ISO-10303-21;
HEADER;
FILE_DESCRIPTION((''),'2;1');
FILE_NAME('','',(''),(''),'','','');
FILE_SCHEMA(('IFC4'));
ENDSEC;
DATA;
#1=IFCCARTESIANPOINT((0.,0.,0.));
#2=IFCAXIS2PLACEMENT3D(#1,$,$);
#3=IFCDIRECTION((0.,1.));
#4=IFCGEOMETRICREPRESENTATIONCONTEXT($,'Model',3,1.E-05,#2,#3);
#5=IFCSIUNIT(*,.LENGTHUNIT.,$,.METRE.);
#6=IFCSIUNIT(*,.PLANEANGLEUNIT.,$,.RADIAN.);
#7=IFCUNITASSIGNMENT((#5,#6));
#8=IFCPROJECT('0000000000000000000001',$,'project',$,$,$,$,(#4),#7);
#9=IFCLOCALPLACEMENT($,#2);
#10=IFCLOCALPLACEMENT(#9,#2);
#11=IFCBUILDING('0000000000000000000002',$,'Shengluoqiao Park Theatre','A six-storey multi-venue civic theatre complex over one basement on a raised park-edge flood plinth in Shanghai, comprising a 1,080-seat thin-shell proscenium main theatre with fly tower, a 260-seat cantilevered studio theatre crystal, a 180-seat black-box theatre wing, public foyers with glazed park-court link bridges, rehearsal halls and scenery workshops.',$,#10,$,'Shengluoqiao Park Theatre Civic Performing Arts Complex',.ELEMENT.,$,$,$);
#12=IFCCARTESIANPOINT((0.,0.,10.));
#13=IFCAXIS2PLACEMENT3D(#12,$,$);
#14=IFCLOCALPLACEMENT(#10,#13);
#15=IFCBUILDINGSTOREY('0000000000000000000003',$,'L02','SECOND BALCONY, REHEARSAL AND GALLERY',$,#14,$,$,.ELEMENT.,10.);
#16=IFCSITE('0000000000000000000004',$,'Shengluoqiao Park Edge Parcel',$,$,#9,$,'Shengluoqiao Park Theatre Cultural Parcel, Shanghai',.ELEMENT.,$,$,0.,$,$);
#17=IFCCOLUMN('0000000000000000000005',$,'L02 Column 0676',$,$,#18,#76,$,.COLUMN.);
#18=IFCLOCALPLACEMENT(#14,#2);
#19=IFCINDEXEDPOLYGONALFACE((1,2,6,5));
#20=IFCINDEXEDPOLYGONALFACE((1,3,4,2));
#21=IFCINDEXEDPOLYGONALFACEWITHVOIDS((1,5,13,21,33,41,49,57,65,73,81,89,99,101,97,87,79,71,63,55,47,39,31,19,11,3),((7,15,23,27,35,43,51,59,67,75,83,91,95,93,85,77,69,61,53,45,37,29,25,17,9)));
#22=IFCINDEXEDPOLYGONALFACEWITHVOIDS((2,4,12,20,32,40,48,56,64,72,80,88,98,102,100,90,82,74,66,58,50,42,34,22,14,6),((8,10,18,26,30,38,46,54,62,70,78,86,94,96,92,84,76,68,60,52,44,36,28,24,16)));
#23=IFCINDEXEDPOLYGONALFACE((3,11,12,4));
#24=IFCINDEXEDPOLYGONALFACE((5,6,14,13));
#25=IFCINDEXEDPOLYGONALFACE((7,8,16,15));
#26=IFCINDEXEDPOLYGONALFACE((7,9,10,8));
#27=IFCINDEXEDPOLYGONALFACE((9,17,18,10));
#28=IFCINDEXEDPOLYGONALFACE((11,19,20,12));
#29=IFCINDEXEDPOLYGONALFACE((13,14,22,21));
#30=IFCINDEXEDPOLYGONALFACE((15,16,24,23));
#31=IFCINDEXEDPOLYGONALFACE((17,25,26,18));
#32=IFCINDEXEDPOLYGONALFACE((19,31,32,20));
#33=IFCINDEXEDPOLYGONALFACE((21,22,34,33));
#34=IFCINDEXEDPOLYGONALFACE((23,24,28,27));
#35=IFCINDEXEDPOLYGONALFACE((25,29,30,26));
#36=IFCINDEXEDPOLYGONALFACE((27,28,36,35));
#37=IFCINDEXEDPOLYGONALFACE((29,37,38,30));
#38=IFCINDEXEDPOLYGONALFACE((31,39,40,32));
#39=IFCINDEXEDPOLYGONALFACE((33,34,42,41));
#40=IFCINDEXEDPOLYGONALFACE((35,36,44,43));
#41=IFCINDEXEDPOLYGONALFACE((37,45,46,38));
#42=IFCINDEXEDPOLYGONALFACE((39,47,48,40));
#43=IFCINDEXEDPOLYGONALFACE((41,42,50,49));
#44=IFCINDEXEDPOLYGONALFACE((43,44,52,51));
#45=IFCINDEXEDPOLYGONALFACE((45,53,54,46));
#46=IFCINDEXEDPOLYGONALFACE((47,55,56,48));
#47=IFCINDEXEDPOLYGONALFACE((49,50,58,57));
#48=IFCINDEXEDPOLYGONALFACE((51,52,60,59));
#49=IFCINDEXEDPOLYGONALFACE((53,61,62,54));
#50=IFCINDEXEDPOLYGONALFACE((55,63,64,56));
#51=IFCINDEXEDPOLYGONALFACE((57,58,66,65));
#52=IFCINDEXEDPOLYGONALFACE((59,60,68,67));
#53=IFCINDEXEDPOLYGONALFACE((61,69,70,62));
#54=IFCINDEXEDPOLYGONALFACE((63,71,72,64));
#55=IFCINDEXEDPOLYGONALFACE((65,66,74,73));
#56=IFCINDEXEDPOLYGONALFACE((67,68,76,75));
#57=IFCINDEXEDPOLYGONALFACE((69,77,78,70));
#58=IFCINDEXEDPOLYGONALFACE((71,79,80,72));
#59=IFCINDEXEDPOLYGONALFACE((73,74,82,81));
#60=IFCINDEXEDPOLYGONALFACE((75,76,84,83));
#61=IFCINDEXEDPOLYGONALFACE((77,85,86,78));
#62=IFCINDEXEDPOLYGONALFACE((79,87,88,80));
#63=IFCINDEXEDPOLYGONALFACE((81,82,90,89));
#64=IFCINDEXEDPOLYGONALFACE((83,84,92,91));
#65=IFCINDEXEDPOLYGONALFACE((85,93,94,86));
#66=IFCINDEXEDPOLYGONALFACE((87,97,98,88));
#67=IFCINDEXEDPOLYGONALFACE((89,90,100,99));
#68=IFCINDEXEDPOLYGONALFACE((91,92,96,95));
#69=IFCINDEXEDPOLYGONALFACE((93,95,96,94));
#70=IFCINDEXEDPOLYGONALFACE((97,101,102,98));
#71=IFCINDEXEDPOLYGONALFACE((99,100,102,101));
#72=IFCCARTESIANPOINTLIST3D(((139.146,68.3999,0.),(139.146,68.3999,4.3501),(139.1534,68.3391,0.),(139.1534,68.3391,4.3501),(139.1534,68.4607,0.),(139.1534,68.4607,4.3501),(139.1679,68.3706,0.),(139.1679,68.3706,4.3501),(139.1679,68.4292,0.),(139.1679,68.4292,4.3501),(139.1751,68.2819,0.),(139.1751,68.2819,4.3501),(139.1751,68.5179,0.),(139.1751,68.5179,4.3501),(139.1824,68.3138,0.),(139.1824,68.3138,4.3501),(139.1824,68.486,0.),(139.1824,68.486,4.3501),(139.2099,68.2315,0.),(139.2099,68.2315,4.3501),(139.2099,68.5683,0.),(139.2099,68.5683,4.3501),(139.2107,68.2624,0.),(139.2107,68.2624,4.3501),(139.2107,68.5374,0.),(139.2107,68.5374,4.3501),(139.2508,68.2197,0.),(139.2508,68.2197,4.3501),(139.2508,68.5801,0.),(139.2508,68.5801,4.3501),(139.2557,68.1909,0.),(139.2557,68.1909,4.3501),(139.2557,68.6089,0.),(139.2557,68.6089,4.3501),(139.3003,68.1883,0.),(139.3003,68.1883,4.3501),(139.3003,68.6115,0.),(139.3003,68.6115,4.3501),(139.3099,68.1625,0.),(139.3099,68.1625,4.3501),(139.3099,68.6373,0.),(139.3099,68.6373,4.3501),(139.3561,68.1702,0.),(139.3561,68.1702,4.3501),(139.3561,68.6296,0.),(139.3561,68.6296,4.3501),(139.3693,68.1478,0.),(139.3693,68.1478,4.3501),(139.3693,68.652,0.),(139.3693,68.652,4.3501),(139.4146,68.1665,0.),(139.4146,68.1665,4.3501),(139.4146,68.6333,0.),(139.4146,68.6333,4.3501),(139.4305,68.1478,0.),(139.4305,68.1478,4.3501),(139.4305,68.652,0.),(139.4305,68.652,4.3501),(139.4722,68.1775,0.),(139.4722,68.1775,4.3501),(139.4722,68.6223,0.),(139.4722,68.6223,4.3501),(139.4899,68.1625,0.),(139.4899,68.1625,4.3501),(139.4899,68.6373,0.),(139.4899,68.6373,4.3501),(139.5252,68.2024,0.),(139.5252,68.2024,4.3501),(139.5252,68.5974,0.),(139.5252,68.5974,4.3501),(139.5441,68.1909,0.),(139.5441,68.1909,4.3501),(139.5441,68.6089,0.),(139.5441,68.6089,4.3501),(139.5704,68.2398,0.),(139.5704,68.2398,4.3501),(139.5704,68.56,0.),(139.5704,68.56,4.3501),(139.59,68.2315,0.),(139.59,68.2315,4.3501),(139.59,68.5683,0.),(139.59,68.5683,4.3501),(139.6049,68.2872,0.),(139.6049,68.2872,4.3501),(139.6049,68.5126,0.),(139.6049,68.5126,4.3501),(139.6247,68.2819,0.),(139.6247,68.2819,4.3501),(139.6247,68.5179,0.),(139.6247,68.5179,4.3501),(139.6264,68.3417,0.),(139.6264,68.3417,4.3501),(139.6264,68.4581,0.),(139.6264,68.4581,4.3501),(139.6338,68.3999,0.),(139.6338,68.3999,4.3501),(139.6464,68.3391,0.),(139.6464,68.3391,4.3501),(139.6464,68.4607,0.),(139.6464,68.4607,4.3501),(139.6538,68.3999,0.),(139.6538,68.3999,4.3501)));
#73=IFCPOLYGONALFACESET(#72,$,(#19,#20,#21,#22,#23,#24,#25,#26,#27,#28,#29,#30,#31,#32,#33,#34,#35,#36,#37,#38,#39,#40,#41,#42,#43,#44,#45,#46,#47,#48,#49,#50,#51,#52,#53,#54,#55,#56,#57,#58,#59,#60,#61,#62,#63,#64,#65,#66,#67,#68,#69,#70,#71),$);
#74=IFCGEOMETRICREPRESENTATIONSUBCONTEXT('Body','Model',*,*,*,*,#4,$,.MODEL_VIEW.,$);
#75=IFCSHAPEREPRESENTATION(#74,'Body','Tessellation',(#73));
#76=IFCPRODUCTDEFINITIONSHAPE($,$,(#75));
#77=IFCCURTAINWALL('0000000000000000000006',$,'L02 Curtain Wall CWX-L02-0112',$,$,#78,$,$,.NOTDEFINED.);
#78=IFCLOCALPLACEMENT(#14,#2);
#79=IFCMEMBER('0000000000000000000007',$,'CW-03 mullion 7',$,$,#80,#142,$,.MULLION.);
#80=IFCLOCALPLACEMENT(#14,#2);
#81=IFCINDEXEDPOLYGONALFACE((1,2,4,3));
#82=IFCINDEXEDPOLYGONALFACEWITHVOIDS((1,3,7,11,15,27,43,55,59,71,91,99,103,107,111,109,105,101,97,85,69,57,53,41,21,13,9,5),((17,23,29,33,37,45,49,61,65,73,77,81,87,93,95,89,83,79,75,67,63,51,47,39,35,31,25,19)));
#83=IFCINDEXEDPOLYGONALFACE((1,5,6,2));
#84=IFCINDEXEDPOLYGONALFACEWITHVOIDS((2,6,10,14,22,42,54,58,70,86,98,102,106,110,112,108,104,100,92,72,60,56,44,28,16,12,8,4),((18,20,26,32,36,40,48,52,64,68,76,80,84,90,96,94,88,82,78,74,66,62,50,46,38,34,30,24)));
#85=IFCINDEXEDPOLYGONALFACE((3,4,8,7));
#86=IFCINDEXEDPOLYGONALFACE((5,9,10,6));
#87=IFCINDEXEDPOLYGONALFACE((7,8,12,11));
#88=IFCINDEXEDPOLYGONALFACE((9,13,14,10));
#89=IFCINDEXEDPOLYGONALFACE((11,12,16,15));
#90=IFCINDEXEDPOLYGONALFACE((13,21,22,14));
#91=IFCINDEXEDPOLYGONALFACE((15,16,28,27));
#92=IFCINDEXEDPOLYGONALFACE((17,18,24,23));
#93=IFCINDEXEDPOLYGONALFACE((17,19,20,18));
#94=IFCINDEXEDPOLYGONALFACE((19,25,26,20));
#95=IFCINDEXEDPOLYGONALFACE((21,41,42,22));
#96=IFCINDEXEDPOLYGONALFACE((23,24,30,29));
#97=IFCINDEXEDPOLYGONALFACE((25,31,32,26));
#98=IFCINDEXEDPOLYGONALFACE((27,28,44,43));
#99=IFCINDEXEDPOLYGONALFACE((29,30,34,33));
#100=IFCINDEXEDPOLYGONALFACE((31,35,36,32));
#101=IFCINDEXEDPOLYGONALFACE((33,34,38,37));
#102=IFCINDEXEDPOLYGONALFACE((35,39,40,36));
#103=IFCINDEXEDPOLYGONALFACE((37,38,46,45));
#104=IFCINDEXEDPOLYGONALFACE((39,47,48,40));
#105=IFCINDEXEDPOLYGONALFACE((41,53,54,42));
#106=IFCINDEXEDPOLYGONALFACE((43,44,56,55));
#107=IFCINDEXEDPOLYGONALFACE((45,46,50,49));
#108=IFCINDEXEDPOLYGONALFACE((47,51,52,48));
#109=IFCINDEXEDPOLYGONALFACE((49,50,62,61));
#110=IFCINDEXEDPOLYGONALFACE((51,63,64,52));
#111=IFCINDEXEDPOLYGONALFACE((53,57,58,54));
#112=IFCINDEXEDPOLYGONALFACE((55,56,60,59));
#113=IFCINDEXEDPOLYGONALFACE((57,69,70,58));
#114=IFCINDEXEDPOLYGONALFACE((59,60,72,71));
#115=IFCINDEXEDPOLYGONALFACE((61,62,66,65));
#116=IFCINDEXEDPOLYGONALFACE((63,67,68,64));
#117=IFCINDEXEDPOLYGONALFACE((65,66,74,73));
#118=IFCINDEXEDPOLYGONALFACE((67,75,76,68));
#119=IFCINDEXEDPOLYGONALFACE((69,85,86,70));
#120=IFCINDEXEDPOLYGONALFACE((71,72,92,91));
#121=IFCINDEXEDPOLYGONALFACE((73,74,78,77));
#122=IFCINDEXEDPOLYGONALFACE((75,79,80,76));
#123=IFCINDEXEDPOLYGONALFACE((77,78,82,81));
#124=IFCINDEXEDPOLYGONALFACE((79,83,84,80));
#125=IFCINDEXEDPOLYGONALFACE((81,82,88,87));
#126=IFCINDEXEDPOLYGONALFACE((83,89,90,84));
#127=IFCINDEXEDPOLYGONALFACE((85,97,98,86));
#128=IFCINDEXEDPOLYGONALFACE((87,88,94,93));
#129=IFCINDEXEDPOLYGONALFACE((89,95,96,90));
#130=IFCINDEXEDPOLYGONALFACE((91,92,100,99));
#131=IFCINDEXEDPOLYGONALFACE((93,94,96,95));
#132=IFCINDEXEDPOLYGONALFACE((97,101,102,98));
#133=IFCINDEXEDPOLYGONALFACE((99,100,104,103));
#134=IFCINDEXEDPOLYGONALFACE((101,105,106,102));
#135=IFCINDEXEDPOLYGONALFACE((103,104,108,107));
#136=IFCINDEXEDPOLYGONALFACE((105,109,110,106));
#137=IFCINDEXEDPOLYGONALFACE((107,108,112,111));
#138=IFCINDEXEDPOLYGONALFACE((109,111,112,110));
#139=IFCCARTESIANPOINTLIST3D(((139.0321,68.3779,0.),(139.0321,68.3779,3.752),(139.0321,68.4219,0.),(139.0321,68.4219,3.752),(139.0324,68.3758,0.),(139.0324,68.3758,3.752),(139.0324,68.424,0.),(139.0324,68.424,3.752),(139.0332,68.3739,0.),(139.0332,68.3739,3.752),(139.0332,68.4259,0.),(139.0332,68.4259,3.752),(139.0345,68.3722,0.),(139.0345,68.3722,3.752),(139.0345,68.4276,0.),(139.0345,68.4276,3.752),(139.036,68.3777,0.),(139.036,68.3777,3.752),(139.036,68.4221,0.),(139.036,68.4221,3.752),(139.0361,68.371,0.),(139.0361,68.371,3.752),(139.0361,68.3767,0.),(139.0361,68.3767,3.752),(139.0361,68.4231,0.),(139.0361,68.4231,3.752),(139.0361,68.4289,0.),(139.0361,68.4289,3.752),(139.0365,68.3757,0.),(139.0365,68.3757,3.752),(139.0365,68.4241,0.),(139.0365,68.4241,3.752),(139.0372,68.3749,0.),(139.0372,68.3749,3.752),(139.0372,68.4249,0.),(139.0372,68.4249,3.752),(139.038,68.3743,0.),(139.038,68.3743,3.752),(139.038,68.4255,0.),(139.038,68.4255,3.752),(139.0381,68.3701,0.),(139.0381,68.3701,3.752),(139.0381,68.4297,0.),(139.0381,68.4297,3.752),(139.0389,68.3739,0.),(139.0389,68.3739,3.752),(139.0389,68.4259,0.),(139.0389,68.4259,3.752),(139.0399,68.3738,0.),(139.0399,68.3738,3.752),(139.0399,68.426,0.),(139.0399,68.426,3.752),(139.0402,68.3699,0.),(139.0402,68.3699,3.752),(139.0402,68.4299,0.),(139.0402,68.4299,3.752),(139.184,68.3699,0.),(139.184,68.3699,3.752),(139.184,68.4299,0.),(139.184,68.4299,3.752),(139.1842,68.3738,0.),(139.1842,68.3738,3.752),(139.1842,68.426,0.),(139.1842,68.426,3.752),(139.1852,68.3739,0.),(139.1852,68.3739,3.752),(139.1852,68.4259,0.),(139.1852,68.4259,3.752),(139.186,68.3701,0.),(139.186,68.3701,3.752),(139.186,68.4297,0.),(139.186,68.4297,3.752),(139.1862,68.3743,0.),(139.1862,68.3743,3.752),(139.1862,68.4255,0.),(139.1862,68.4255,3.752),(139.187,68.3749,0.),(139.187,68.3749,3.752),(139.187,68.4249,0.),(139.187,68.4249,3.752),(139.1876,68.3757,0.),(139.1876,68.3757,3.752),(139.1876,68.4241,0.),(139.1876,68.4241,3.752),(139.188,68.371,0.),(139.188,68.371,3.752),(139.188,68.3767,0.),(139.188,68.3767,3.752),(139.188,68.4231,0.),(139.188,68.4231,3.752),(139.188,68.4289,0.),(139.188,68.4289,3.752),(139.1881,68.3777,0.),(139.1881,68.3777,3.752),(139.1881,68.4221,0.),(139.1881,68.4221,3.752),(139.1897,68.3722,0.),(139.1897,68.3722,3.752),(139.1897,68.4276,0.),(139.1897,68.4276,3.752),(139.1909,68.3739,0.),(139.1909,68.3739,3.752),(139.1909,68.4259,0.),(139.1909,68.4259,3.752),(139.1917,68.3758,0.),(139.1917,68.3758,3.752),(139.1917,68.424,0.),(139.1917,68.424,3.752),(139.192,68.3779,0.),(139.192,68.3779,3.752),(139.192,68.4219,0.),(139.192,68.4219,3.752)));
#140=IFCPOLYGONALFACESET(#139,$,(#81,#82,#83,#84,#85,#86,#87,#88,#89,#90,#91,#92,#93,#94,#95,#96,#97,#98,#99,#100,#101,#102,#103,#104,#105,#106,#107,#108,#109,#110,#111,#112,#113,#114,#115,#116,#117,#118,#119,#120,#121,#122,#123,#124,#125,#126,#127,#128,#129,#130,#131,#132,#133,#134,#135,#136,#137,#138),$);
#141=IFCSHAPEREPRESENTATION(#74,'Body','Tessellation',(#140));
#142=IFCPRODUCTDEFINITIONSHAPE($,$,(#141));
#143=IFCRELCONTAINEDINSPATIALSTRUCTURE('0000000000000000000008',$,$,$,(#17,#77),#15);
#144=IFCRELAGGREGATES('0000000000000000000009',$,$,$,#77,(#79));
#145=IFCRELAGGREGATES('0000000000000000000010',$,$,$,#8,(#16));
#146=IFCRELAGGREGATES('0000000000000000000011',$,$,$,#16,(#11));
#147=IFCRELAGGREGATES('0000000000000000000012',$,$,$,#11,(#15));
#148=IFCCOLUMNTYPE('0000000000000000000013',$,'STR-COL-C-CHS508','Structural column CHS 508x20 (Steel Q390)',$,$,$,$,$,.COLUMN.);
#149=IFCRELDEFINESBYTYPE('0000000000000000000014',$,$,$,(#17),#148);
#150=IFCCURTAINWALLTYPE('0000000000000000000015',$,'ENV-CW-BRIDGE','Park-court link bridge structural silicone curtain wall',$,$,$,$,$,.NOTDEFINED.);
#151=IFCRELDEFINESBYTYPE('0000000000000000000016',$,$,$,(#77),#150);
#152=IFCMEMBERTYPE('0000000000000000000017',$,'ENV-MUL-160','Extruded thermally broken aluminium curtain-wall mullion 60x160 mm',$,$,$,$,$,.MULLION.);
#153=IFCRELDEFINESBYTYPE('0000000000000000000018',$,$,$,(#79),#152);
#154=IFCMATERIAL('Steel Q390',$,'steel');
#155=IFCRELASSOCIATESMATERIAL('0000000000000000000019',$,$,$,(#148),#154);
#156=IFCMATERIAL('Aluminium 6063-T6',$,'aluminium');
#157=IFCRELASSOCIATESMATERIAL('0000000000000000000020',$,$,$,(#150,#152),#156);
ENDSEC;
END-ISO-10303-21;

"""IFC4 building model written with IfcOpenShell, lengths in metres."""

from ifc_helpers import new_model, si_unit, direction, frame, origin, origin_2d, place, context, subcontext, project, spatial, hollow_rectangle, hollow_circle, extrude, material, material_profile, profile_set, type_object, element, aggregate, save


model = new_model("IFC4")

# Units and contexts
model_context = context("Model", 3, precision=1e-05, world=origin(), true_north=direction((0.0, 1.0)))
body_context = subcontext(model_context, "Body", "Model", "MODEL_VIEW")
ifc_project = project(units=[si_unit("LENGTHUNIT", "METRE"), si_unit("PLANEANGLEUNIT", "RADIAN")], contexts=[model_context])

# Site, building, storey
site_placement = place(None, origin())
site = spatial("IfcSite", under=ifc_project, at=site_placement, Name="Shengluoqiao Park Edge Parcel", LongName="Shengluoqiao Park Theatre Cultural Parcel, Shanghai", CompositionType="ELEMENT", RefElevation=0.0)
building_placement = place(site_placement, origin())
building = spatial("IfcBuilding", under=site, at=building_placement, Name="Shengluoqiao Park Theatre", Description="A six-storey multi-venue civic theatre complex over one basement on a raised park-edge flood plinth in Shanghai, comprising a 1,080-seat thin-shell proscenium main theatre with fly tower, a 260-seat cantilevered studio theatre crystal, a 180-seat black-box theatre wing, public foyers with glazed park-court link bridges, rehearsal halls and scenery workshops.", LongName="Shengluoqiao Park Theatre Civic Performing Arts Complex", CompositionType="ELEMENT")
storey_placement = place(building_placement, frame((0.0, 0.0, 10.0)))
storey = spatial("IfcBuildingStorey", under=building, at=storey_placement, Name="L02", Description="SECOND BALCONY, REHEARSAL AND GALLERY", CompositionType="ELEMENT", Elevation=10.0)

# Column
ifc_material_1 = material(Name="Steel Q390", Category="steel")
ifc_material_profile_1 = material_profile(ifc_material_1, hollow_circle(Radius=0.2539, WallThickness=0.02, at=origin_2d()), Name="CHS 508x20")
ifc_profile_set_1 = profile_set([ifc_material_profile_1], Name="Steel Q390")
column_type = type_object("IfcColumnType", Name="STR-COL-C-CHS508", Description="Structural column CHS 508x20 (Steel Q390)", PredefinedType="COLUMN", material=ifc_profile_set_1)
column_placement = place(storey_placement, frame((139.3999, 68.3999, 0.0), z_axis=(0.0, 0.0, 1.0), x_axis=(1.0, 0.0, 0.0)))
element("IfcColumn", 1, at=column_placement, inside=storey, type_object=column_type, Name="L02 Column 0676", PredefinedType="COLUMN", context=body_context, shape_type="SweptSolid", body=[
    extrude(hollow_circle(Radius=0.2539, WallThickness=0.02, at=origin_2d()), origin(), (0.0, 0.0, 1.0), 4.3501),
])

# Curtain wall, member
ifc_material_2 = material(Name="Aluminium 6063-T6", Category="aluminium")
curtain_wall_type = type_object("IfcCurtainWallType", Name="ENV-CW-BRIDGE", Description="Park-court link bridge structural silicone curtain wall", PredefinedType="NOTDEFINED", material=ifc_material_2)
curtain_wall_1_placement = place(storey_placement, origin())
curtain_wall_1 = element("IfcCurtainWall", 2, at=curtain_wall_1_placement, inside=storey, type_object=curtain_wall_type, Name="L02 Curtain Wall CWX-L02-0112", PredefinedType="NOTDEFINED")
ifc_material_profile_2 = material_profile(ifc_material_2, hollow_rectangle(XDim=0.0601, YDim=0.1599, WallThickness=0.0039, InnerFilletRadius=0.0039, OuterFilletRadius=0.0081, at=origin_2d()), Name="ALU MULLION 160x60x4")
ifc_profile_set_2 = profile_set([ifc_material_profile_2], Name="Aluminium 6063-T6")
member_type_1 = type_object("IfcMemberType", Name="ENV-MUL-160", Description="Extruded thermally broken aluminium curtain-wall mullion 60x160 mm", PredefinedType="MULLION", material=ifc_profile_set_2)
member_1_placement = place(storey_placement, frame((139.1121, 68.3999, 0.0), z_axis=(0.0, 0.0, 1.0), x_axis=(0.0, 1.0, 0.0)))
member_1 = element("IfcMember", 3, at=member_1_placement, type_object=member_type_1, Name="CW-03 mullion 7", PredefinedType="MULLION", context=body_context, shape_type="SweptSolid", body=[
    extrude(hollow_rectangle(XDim=0.0601, YDim=0.1599, WallThickness=0.0039, InnerFilletRadius=0.0039, OuterFilletRadius=0.0081, at=origin_2d()), origin(), (0.0, 0.0, 1.0), 3.752),
])

aggregate(curtain_wall_1, [member_1])

save(model, "model.ifc")
